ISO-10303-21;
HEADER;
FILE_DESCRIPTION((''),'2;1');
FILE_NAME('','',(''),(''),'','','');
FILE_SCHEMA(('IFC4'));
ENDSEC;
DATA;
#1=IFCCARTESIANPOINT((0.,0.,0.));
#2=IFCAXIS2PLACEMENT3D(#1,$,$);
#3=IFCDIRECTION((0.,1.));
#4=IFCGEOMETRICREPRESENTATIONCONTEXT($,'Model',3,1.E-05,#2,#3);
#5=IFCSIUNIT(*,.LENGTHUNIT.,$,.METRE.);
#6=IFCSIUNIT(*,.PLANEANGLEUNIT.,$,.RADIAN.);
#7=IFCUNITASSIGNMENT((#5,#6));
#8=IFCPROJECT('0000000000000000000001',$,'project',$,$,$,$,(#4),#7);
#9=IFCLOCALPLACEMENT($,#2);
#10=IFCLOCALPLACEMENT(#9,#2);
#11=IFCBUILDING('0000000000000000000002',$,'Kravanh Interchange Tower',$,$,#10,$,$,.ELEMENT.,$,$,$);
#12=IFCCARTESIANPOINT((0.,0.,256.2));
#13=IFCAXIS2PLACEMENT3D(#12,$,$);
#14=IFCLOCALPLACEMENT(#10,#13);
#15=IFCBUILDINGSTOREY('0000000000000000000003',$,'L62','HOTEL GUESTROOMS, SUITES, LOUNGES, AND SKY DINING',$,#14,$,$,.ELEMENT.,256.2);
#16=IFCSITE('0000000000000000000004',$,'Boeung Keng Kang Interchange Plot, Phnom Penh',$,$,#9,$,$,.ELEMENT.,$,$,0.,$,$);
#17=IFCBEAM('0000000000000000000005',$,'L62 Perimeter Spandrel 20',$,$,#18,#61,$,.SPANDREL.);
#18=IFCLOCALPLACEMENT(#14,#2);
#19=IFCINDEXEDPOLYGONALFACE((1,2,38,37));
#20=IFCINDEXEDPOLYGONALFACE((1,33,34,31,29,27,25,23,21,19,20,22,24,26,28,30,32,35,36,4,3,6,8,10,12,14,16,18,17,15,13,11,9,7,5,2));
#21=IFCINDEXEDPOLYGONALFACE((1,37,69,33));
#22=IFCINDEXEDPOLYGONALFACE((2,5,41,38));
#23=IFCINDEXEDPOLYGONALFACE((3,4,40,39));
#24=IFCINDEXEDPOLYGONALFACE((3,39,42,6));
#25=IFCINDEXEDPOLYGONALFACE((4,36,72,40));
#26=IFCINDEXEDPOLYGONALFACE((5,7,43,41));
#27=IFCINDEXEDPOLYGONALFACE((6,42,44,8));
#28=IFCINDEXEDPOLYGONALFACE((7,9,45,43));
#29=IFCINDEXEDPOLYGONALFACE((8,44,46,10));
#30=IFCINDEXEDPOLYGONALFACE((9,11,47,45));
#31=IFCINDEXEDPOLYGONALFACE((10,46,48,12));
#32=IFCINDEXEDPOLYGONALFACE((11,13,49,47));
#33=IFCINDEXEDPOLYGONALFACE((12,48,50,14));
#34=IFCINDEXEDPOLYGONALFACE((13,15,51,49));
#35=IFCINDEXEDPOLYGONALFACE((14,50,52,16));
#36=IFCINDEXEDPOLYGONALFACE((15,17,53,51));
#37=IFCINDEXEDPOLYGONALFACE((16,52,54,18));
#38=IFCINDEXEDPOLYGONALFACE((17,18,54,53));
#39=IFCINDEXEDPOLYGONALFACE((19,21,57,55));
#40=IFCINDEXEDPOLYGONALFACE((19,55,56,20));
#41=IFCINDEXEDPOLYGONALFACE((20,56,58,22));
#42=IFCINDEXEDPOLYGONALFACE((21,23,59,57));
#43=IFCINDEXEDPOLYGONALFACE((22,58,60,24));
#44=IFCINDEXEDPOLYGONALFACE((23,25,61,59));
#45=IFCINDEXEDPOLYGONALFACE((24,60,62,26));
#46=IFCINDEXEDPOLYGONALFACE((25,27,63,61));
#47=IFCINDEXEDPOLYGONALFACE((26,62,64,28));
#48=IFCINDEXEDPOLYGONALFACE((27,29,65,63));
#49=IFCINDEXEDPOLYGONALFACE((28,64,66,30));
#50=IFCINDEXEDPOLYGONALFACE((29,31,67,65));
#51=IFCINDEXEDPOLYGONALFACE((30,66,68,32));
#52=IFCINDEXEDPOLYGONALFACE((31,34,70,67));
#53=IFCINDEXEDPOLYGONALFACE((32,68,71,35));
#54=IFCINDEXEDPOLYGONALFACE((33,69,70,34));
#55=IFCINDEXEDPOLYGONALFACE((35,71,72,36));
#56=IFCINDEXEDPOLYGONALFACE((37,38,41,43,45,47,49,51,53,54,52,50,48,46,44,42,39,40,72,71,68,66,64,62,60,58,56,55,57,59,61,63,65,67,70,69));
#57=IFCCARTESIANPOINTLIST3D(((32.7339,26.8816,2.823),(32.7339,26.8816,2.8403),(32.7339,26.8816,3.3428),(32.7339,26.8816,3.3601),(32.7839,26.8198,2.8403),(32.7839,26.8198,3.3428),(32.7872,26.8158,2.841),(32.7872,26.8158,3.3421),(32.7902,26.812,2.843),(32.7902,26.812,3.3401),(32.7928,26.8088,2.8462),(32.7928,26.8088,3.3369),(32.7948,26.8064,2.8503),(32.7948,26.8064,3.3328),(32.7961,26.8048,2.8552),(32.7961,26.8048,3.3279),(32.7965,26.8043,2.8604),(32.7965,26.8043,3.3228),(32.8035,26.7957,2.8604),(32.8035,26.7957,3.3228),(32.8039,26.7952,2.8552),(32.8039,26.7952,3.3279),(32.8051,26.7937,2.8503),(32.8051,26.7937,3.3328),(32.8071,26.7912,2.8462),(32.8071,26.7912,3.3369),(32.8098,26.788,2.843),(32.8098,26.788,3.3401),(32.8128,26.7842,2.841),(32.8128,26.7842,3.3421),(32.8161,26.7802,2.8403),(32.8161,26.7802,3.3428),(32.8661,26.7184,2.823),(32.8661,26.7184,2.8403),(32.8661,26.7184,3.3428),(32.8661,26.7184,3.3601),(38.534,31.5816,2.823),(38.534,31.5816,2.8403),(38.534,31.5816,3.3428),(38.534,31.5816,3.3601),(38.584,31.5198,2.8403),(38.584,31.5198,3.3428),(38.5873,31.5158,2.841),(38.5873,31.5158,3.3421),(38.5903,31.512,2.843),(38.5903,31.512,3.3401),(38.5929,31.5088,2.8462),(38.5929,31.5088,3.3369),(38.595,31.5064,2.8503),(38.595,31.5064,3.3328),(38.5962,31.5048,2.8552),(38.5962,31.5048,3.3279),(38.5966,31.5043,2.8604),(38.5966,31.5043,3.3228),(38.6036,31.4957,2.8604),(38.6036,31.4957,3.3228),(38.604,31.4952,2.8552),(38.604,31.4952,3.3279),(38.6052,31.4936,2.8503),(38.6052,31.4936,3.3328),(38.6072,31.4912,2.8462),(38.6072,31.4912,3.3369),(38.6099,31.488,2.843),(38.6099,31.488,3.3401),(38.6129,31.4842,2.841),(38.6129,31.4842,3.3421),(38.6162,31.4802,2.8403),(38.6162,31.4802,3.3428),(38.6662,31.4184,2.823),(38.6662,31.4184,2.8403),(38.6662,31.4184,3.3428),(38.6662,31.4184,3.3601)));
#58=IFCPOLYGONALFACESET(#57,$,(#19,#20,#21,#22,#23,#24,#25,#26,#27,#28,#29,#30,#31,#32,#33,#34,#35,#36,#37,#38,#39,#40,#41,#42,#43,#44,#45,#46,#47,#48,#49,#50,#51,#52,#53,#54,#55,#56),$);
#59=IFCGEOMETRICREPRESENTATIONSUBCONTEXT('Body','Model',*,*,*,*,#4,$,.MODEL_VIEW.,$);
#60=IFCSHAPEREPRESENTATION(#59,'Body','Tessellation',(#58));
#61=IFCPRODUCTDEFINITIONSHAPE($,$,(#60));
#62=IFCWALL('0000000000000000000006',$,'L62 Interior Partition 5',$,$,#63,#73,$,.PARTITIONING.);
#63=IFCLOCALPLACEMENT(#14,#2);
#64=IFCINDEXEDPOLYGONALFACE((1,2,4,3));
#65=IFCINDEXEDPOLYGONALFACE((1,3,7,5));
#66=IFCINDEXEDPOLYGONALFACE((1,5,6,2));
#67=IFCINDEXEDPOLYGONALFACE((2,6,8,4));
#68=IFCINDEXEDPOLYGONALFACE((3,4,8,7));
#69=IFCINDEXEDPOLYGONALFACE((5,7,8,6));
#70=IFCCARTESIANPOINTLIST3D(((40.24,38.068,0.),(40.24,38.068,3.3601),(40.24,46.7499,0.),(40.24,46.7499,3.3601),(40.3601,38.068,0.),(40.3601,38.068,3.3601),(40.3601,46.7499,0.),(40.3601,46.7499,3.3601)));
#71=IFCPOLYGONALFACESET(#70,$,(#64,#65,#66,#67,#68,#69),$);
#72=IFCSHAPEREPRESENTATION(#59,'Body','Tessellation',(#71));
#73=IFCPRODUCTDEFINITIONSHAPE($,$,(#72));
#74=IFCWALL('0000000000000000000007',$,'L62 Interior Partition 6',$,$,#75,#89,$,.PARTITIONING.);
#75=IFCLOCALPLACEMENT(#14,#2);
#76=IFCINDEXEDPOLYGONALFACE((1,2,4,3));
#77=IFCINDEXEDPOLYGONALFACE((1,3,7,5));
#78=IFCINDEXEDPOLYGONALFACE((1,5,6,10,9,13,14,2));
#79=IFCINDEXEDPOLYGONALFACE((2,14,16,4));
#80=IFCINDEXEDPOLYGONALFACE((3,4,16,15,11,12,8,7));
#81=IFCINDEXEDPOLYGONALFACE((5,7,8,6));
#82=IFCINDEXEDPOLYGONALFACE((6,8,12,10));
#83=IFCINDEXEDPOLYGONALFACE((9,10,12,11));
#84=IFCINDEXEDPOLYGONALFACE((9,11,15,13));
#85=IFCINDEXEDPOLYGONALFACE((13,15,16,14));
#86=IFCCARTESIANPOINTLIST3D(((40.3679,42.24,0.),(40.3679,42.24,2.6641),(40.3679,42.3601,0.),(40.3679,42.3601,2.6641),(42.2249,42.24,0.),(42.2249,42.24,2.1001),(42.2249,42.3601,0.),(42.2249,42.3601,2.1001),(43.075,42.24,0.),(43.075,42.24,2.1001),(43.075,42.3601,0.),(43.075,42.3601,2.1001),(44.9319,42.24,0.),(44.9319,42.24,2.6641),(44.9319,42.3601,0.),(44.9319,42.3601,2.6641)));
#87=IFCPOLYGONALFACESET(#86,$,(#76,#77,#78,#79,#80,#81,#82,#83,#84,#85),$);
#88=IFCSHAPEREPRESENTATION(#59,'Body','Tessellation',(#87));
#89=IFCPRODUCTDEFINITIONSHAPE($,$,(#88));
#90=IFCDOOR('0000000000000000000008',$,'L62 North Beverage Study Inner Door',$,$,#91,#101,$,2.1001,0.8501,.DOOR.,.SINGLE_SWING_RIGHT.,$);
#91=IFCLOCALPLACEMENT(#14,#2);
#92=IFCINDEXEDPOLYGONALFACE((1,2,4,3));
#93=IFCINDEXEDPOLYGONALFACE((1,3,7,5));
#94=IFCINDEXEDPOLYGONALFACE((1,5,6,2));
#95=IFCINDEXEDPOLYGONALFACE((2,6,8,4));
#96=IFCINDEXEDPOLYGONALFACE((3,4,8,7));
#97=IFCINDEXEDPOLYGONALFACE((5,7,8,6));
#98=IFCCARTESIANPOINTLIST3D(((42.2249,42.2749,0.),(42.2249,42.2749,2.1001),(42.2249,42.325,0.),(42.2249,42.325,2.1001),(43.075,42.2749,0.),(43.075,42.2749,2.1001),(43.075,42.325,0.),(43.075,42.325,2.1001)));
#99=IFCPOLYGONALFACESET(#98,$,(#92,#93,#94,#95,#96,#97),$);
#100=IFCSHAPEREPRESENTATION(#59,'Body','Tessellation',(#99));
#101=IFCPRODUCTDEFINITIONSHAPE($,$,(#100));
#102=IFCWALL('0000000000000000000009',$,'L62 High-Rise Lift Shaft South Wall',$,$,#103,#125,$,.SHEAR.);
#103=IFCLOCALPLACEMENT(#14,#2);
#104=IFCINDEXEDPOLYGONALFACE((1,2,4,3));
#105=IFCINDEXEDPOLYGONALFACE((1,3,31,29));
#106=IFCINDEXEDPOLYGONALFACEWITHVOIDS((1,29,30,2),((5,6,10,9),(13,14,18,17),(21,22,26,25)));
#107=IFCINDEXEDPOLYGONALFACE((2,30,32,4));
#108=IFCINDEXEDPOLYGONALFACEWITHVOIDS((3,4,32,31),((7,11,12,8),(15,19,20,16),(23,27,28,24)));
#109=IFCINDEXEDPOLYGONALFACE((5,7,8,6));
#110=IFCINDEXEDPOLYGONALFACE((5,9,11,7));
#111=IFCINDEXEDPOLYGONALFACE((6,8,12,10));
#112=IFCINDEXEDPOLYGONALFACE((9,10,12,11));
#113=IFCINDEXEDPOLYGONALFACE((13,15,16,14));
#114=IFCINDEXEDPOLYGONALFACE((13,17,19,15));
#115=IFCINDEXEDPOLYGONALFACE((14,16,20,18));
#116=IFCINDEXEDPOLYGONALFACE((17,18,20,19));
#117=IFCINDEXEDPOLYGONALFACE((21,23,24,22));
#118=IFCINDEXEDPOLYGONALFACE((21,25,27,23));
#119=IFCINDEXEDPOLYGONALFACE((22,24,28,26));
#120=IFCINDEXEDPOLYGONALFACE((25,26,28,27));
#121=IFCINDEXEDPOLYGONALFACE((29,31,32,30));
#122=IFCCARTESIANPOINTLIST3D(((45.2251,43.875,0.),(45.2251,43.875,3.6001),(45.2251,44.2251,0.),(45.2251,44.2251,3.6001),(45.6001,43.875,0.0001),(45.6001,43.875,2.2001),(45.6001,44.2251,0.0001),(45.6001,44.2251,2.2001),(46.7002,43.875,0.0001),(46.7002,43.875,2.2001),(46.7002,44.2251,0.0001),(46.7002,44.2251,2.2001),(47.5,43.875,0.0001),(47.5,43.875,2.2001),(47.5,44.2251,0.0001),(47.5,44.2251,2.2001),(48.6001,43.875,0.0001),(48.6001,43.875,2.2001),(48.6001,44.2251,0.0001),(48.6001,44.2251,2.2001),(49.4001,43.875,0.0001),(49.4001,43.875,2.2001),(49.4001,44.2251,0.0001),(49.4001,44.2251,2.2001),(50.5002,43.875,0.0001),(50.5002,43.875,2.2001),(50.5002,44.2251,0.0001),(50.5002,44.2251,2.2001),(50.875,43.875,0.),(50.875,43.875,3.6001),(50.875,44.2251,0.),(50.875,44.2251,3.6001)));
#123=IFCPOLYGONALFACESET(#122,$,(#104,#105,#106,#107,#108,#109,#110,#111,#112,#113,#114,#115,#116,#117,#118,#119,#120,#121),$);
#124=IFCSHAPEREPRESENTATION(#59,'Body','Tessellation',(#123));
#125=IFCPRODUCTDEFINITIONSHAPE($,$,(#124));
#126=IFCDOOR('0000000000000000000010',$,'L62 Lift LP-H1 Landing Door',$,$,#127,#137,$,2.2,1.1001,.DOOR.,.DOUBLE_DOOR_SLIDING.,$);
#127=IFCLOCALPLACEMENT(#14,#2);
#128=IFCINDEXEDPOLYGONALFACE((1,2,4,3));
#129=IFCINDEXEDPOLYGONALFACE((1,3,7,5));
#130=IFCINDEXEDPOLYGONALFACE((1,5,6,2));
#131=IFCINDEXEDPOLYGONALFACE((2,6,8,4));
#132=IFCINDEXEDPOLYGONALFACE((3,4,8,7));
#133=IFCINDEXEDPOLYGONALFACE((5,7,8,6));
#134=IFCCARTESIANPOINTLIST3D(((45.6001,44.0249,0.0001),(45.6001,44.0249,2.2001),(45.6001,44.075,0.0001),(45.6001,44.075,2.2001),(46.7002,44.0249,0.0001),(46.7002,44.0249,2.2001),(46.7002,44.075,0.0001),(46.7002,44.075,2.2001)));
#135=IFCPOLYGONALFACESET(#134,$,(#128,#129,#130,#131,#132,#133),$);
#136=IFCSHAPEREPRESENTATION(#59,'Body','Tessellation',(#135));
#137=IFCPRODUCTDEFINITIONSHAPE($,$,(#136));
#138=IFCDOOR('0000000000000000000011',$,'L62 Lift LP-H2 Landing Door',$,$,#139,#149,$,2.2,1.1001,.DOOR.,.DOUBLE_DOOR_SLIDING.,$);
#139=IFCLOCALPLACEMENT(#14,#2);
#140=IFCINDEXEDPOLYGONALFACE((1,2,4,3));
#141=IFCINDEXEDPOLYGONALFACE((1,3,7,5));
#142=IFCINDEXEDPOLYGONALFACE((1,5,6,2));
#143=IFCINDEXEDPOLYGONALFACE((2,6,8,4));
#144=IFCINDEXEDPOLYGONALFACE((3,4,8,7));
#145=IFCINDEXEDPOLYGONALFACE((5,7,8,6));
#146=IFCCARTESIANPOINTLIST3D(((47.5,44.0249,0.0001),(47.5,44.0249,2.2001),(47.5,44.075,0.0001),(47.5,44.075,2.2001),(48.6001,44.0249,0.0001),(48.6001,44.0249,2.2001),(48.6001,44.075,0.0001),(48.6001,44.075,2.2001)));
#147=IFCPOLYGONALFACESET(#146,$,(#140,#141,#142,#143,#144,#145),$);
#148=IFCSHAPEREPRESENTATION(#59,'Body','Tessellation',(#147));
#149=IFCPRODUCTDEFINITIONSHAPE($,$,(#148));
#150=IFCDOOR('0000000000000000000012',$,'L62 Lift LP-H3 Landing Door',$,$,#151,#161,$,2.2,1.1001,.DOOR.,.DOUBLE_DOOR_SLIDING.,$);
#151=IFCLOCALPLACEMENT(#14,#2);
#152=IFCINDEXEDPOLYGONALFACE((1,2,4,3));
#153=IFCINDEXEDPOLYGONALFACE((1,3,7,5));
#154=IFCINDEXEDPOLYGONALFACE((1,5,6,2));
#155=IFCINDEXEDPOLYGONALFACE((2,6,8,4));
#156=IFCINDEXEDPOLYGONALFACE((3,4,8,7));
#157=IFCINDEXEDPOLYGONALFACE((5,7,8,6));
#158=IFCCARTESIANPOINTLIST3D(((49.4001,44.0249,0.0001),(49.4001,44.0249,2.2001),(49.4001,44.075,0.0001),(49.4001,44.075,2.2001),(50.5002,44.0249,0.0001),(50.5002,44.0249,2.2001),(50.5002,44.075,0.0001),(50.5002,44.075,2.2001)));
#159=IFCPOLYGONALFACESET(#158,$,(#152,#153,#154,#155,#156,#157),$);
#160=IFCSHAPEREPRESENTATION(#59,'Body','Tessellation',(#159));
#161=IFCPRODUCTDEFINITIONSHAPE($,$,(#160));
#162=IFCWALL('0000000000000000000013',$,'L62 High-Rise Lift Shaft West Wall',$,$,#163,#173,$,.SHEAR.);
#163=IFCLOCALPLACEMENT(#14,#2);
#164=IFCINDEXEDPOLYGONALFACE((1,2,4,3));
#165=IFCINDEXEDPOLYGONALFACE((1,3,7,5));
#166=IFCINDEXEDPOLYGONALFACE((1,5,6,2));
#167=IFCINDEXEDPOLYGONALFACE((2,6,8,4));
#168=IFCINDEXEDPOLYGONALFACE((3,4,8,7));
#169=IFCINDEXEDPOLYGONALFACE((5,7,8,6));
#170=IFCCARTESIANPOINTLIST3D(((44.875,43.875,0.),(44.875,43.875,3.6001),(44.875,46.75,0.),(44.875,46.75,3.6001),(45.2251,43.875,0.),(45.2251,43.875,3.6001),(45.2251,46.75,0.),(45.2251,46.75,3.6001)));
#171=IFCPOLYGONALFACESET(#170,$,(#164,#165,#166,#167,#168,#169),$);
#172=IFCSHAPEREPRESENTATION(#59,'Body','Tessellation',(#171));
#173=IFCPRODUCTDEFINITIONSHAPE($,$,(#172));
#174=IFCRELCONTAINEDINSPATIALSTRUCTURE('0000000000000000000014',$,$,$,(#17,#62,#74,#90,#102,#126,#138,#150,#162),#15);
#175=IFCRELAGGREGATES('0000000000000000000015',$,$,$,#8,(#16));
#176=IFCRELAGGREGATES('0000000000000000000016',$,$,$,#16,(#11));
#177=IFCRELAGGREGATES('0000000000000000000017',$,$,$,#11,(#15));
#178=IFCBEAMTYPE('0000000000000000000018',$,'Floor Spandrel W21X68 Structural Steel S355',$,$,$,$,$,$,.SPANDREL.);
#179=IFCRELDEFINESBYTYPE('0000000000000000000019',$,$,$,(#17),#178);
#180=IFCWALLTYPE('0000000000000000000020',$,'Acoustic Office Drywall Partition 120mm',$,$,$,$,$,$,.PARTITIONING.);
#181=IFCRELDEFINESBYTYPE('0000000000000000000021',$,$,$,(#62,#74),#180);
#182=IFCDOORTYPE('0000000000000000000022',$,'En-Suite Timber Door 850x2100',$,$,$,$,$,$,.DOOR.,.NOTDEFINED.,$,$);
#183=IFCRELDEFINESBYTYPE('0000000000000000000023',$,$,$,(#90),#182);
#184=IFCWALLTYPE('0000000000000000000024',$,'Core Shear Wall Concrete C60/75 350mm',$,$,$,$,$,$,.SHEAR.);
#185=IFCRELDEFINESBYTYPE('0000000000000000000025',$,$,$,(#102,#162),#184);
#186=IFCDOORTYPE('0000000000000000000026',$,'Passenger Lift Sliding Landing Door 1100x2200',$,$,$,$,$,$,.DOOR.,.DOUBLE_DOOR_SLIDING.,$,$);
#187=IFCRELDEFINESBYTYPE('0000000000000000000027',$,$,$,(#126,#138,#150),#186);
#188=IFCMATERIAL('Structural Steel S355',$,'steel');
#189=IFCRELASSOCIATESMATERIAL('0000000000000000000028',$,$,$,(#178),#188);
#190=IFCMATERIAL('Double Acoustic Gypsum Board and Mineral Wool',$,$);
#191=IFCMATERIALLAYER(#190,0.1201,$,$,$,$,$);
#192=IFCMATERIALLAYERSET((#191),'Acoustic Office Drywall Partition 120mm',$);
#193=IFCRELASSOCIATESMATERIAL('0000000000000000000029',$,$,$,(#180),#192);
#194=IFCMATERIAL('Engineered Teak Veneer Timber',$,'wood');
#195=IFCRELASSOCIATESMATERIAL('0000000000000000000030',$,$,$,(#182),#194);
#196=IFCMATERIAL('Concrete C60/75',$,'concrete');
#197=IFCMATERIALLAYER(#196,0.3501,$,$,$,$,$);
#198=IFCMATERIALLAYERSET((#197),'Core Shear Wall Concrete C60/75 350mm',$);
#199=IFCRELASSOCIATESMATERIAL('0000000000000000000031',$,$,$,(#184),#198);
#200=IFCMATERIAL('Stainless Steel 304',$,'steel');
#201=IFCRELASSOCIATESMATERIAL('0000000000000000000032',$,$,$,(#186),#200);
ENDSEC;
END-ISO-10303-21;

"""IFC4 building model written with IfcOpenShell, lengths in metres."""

from ifc_helpers import new_model, si_unit, direction, frame, frame_2d, origin, origin_2d, place, context, subcontext, project, spatial, rectangle, i_section, extrude, material, layer, layer_set, material_profile, profile_set, type_object, element, fill, save


model = new_model("IFC4")

# Units and contexts
model_context = context("Model", 3, precision=1e-05, world=origin(), true_north=direction((0.0, 1.0)))
body_context = subcontext(model_context, "Body", "Model", "MODEL_VIEW")
ifc_project = project(units=[si_unit("LENGTHUNIT", "METRE"), si_unit("PLANEANGLEUNIT", "RADIAN")], contexts=[model_context])

# Site, building, storey
site_placement = place(None, origin())
site = spatial("IfcSite", under=ifc_project, at=site_placement, Name="Boeung Keng Kang Interchange Plot, Phnom Penh", CompositionType="ELEMENT", RefElevation=0.0)
building_placement = place(site_placement, origin())
building = spatial("IfcBuilding", under=site, at=building_placement, Name="Kravanh Interchange Tower", CompositionType="ELEMENT")
storey_placement = place(building_placement, frame((0.0, 0.0, 256.2)))
storey = spatial("IfcBuildingStorey", under=building, at=storey_placement, Name="L62", Description="HOTEL GUESTROOMS, SUITES, LOUNGES, AND SKY DINING", CompositionType="ELEMENT", Elevation=256.2)

# Beam
ifc_material_1 = material(Name="Structural Steel S355", Category="steel")
ifc_material_profile_1 = material_profile(ifc_material_1, i_section(OverallWidth=0.21, OverallDepth=0.5371, WebThickness=0.011, FlangeThickness=0.0173, FilletRadius=0.02, at=origin_2d()), Name="W21X68")
ifc_profile_set_1 = profile_set([ifc_material_profile_1], Name="Structural Steel S355")
beam_type_1 = type_object("IfcBeamType", Name="Floor Spandrel W21X68 Structural Steel S355", PredefinedType="SPANDREL", material=ifc_profile_set_1)
beam_1_placement = place(storey_placement, frame((38.6001, 31.5, 3.0916), z_axis=(-0.776939, -0.629576, 0.0), x_axis=(0.629576, -0.776939, 0.0)))
element("IfcBeam", 1, at=beam_1_placement, inside=storey, type_object=beam_type_1, Name="L62 Perimeter Spandrel 20", PredefinedType="SPANDREL", context=body_context, shape_type="SweptSolid", body=[
    extrude(i_section(OverallWidth=0.21, OverallDepth=0.5371, WebThickness=0.011, FlangeThickness=0.0173, FilletRadius=0.02, at=origin_2d()), origin(), (0.0, 0.0, 1.0), 7.4653),
])

# Wall
ifc_material_2 = material(Name="Double Acoustic Gypsum Board and Mineral Wool")
ifc_layer_1 = layer(ifc_material_2, 0.1201)
ifc_layer_set_1 = layer_set([ifc_layer_1], Name="Acoustic Office Drywall Partition 120mm")
wall_type_1 = type_object("IfcWallType", Name="Acoustic Office Drywall Partition 120mm", PredefinedType="PARTITIONING", material=ifc_layer_set_1)
wall_1_placement = place(storey_placement, frame((40.3, 38.0681, 0.0), z_axis=(0.0, 0.0, 1.0), x_axis=(0.0, 1.0, 0.0)))
element("IfcWall", 2, at=wall_1_placement, inside=storey, type_object=wall_type_1, Name="L62 Interior Partition 5", PredefinedType="PARTITIONING", context=body_context, shape_type="SweptSolid", body=[
    extrude(rectangle(XDim=8.6819, YDim=0.1201, at=frame_2d((4.3408, 0.0))), origin(), (0.0, 0.0, 1.0), 3.3601),
])

# Wall, opening, door
wall_2_placement = place(storey_placement, frame((40.3679, 42.3, 0.0), z_axis=(0.0, 0.0, 1.0), x_axis=(1.0, 0.0, 0.0)))
wall_2 = element("IfcWall", 3, at=wall_2_placement, inside=storey, type_object=wall_type_1, Name="L62 Interior Partition 6", PredefinedType="PARTITIONING", context=body_context, shape_type="SweptSolid", body=[
    extrude(rectangle(XDim=4.564, YDim=0.1201, at=frame_2d((2.282, 0.0))), origin(), (0.0, 0.0, 1.0), 2.6641),
])
opening_1_placement = place(wall_2_placement, frame((1.8569, 0.0, 0.0)))
opening_1 = element("IfcOpeningElement", 4, at=opening_1_placement, cuts=wall_2, PredefinedType="OPENING", context=body_context, shape_type="SweptSolid", body=[
    extrude(rectangle(XDim=0.8501, YDim=2.1001, at=frame_2d((0.425, 1.05))), frame((0.0, 0.0701, 0.0), z_axis=(0.0, -1.0, 0.0), x_axis=(1.0, 0.0, 0.0)), (0.0, 0.0, 1.0), 0.1401),
])
ifc_material_3 = material(Name="Engineered Teak Veneer Timber", Category="wood")
door_type_1 = type_object("IfcDoorType", Name="En-Suite Timber Door 850x2100", OperationType="NOTDEFINED", PredefinedType="DOOR", material=ifc_material_3)
door_1_placement = place(opening_1_placement, origin())
door_1 = element("IfcDoor", 5, at=door_1_placement, inside=storey, type_object=door_type_1, Name="L62 North Beverage Study Inner Door", OperationType="SINGLE_SWING_RIGHT", OverallHeight=2.1001, OverallWidth=0.8501, PredefinedType="DOOR", context=body_context, shape_type="SweptSolid", body=[
    extrude(rectangle(XDim=0.8501, YDim=2.1001, at=frame_2d((0.425, 1.05))), frame((0.0, 0.0249, 0.0), z_axis=(0.0, -1.0, 0.0), x_axis=(1.0, 0.0, 0.0)), (0.0, 0.0, 1.0), 0.05),
])
fill(opening_1, door_1)

# Wall, openings, doors
ifc_material_4 = material(Name="Concrete C60/75", Category="concrete")
ifc_layer_2 = layer(ifc_material_4, 0.3501)
ifc_layer_set_2 = layer_set([ifc_layer_2], Name="Core Shear Wall Concrete C60/75 350mm")
wall_type_2 = type_object("IfcWallType", Name="Core Shear Wall Concrete C60/75 350mm", PredefinedType="SHEAR", material=ifc_layer_set_2)
wall_3_placement = place(storey_placement, frame((45.2251, 44.05, 0.0), z_axis=(0.0, 0.0, 1.0), x_axis=(1.0, 0.0, 0.0)))
wall_3 = element("IfcWall", 6, at=wall_3_placement, inside=storey, type_object=wall_type_2, Name="L62 High-Rise Lift Shaft South Wall", PredefinedType="SHEAR", context=body_context, shape_type="SweptSolid", body=[
    extrude(rectangle(XDim=5.6499, YDim=0.3501, at=frame_2d((2.825, 0.0))), origin(), (0.0, 0.0, 1.0), 3.6001),
])
opening_2_placement = place(wall_3_placement, frame((0.375, 0.0, 0.0)))
opening_2 = element("IfcOpeningElement", 7, at=opening_2_placement, cuts=wall_3, PredefinedType="OPENING", context=body_context, shape_type="SweptSolid", body=[
    extrude(rectangle(XDim=1.1001, YDim=2.2, at=frame_2d((0.55, 1.1001))), frame((0.0, 0.1851, 0.0), z_axis=(0.0, -1.0, 0.0), x_axis=(1.0, 0.0, 0.0)), (0.0, 0.0, 1.0), 0.3701),
])
opening_3_placement = place(wall_3_placement, frame((2.2749, 0.0, 0.0)))
opening_3 = element("IfcOpeningElement", 8, at=opening_3_placement, cuts=wall_3, PredefinedType="OPENING", context=body_context, shape_type="SweptSolid", body=[
    extrude(rectangle(XDim=1.1001, YDim=2.2, at=frame_2d((0.55, 1.1001))), frame((0.0, 0.1851, 0.0), z_axis=(0.0, -1.0, 0.0), x_axis=(1.0, 0.0, 0.0)), (0.0, 0.0, 1.0), 0.3701),
])
opening_4_placement = place(wall_3_placement, frame((4.175, 0.0, 0.0)))
opening_4 = element("IfcOpeningElement", 9, at=opening_4_placement, cuts=wall_3, PredefinedType="OPENING", context=body_context, shape_type="SweptSolid", body=[
    extrude(rectangle(XDim=1.1001, YDim=2.2, at=frame_2d((0.55, 1.1001))), frame((0.0, 0.1851, 0.0), z_axis=(0.0, -1.0, 0.0), x_axis=(1.0, 0.0, 0.0)), (0.0, 0.0, 1.0), 0.3701),
])
ifc_material_5 = material(Name="Stainless Steel 304", Category="steel")
door_type_2 = type_object("IfcDoorType", Name="Passenger Lift Sliding Landing Door 1100x2200", OperationType="DOUBLE_DOOR_SLIDING", PredefinedType="DOOR", material=ifc_material_5)
door_2_placement = place(opening_2_placement, origin())
door_2 = element("IfcDoor", 10, at=door_2_placement, inside=storey, type_object=door_type_2, Name="L62 Lift LP-H1 Landing Door", OperationType="DOUBLE_DOOR_SLIDING", OverallHeight=2.2, OverallWidth=1.1001, PredefinedType="DOOR", context=body_context, shape_type="SweptSolid", body=[
    extrude(rectangle(XDim=1.1001, YDim=2.2, at=frame_2d((0.55, 1.1001))), frame((0.0, 0.0249, 0.0), z_axis=(0.0, -1.0, 0.0), x_axis=(1.0, 0.0, 0.0)), (0.0, 0.0, 1.0), 0.05),
])
fill(opening_2, door_2)
door_3_placement = place(opening_3_placement, origin())
door_3 = element("IfcDoor", 11, at=door_3_placement, inside=storey, type_object=door_type_2, Name="L62 Lift LP-H2 Landing Door", OperationType="DOUBLE_DOOR_SLIDING", OverallHeight=2.2, OverallWidth=1.1001, PredefinedType="DOOR", context=body_context, shape_type="SweptSolid", body=[
    extrude(rectangle(XDim=1.1001, YDim=2.2, at=frame_2d((0.55, 1.1001))), frame((0.0, 0.0249, 0.0), z_axis=(0.0, -1.0, 0.0), x_axis=(1.0, 0.0, 0.0)), (0.0, 0.0, 1.0), 0.05),
])
fill(opening_3, door_3)
door_4_placement = place(opening_4_placement, origin())
door_4 = element("IfcDoor", 12, at=door_4_placement, inside=storey, type_object=door_type_2, Name="L62 Lift LP-H3 Landing Door", OperationType="DOUBLE_DOOR_SLIDING", OverallHeight=2.2, OverallWidth=1.1001, PredefinedType="DOOR", context=body_context, shape_type="SweptSolid", body=[
    extrude(rectangle(XDim=1.1001, YDim=2.2, at=frame_2d((0.55, 1.1001))), frame((0.0, 0.0249, 0.0), z_axis=(0.0, -1.0, 0.0), x_axis=(1.0, 0.0, 0.0)), (0.0, 0.0, 1.0), 0.05),
])
fill(opening_4, door_4)

# Wall
wall_4_placement = place(storey_placement, frame((45.05, 43.875, 0.0), z_axis=(0.0, 0.0, 1.0), x_axis=(0.0, 1.0, 0.0)))
element("IfcWall", 13, at=wall_4_placement, inside=storey, type_object=wall_type_2, Name="L62 High-Rise Lift Shaft West Wall", PredefinedType="SHEAR", context=body_context, shape_type="SweptSolid", body=[
    extrude(rectangle(XDim=2.875, YDim=0.3501, at=frame_2d((1.4375, 0.0))), origin(), (0.0, 0.0, 1.0), 3.6001),
])

save(model, "model.ifc")
